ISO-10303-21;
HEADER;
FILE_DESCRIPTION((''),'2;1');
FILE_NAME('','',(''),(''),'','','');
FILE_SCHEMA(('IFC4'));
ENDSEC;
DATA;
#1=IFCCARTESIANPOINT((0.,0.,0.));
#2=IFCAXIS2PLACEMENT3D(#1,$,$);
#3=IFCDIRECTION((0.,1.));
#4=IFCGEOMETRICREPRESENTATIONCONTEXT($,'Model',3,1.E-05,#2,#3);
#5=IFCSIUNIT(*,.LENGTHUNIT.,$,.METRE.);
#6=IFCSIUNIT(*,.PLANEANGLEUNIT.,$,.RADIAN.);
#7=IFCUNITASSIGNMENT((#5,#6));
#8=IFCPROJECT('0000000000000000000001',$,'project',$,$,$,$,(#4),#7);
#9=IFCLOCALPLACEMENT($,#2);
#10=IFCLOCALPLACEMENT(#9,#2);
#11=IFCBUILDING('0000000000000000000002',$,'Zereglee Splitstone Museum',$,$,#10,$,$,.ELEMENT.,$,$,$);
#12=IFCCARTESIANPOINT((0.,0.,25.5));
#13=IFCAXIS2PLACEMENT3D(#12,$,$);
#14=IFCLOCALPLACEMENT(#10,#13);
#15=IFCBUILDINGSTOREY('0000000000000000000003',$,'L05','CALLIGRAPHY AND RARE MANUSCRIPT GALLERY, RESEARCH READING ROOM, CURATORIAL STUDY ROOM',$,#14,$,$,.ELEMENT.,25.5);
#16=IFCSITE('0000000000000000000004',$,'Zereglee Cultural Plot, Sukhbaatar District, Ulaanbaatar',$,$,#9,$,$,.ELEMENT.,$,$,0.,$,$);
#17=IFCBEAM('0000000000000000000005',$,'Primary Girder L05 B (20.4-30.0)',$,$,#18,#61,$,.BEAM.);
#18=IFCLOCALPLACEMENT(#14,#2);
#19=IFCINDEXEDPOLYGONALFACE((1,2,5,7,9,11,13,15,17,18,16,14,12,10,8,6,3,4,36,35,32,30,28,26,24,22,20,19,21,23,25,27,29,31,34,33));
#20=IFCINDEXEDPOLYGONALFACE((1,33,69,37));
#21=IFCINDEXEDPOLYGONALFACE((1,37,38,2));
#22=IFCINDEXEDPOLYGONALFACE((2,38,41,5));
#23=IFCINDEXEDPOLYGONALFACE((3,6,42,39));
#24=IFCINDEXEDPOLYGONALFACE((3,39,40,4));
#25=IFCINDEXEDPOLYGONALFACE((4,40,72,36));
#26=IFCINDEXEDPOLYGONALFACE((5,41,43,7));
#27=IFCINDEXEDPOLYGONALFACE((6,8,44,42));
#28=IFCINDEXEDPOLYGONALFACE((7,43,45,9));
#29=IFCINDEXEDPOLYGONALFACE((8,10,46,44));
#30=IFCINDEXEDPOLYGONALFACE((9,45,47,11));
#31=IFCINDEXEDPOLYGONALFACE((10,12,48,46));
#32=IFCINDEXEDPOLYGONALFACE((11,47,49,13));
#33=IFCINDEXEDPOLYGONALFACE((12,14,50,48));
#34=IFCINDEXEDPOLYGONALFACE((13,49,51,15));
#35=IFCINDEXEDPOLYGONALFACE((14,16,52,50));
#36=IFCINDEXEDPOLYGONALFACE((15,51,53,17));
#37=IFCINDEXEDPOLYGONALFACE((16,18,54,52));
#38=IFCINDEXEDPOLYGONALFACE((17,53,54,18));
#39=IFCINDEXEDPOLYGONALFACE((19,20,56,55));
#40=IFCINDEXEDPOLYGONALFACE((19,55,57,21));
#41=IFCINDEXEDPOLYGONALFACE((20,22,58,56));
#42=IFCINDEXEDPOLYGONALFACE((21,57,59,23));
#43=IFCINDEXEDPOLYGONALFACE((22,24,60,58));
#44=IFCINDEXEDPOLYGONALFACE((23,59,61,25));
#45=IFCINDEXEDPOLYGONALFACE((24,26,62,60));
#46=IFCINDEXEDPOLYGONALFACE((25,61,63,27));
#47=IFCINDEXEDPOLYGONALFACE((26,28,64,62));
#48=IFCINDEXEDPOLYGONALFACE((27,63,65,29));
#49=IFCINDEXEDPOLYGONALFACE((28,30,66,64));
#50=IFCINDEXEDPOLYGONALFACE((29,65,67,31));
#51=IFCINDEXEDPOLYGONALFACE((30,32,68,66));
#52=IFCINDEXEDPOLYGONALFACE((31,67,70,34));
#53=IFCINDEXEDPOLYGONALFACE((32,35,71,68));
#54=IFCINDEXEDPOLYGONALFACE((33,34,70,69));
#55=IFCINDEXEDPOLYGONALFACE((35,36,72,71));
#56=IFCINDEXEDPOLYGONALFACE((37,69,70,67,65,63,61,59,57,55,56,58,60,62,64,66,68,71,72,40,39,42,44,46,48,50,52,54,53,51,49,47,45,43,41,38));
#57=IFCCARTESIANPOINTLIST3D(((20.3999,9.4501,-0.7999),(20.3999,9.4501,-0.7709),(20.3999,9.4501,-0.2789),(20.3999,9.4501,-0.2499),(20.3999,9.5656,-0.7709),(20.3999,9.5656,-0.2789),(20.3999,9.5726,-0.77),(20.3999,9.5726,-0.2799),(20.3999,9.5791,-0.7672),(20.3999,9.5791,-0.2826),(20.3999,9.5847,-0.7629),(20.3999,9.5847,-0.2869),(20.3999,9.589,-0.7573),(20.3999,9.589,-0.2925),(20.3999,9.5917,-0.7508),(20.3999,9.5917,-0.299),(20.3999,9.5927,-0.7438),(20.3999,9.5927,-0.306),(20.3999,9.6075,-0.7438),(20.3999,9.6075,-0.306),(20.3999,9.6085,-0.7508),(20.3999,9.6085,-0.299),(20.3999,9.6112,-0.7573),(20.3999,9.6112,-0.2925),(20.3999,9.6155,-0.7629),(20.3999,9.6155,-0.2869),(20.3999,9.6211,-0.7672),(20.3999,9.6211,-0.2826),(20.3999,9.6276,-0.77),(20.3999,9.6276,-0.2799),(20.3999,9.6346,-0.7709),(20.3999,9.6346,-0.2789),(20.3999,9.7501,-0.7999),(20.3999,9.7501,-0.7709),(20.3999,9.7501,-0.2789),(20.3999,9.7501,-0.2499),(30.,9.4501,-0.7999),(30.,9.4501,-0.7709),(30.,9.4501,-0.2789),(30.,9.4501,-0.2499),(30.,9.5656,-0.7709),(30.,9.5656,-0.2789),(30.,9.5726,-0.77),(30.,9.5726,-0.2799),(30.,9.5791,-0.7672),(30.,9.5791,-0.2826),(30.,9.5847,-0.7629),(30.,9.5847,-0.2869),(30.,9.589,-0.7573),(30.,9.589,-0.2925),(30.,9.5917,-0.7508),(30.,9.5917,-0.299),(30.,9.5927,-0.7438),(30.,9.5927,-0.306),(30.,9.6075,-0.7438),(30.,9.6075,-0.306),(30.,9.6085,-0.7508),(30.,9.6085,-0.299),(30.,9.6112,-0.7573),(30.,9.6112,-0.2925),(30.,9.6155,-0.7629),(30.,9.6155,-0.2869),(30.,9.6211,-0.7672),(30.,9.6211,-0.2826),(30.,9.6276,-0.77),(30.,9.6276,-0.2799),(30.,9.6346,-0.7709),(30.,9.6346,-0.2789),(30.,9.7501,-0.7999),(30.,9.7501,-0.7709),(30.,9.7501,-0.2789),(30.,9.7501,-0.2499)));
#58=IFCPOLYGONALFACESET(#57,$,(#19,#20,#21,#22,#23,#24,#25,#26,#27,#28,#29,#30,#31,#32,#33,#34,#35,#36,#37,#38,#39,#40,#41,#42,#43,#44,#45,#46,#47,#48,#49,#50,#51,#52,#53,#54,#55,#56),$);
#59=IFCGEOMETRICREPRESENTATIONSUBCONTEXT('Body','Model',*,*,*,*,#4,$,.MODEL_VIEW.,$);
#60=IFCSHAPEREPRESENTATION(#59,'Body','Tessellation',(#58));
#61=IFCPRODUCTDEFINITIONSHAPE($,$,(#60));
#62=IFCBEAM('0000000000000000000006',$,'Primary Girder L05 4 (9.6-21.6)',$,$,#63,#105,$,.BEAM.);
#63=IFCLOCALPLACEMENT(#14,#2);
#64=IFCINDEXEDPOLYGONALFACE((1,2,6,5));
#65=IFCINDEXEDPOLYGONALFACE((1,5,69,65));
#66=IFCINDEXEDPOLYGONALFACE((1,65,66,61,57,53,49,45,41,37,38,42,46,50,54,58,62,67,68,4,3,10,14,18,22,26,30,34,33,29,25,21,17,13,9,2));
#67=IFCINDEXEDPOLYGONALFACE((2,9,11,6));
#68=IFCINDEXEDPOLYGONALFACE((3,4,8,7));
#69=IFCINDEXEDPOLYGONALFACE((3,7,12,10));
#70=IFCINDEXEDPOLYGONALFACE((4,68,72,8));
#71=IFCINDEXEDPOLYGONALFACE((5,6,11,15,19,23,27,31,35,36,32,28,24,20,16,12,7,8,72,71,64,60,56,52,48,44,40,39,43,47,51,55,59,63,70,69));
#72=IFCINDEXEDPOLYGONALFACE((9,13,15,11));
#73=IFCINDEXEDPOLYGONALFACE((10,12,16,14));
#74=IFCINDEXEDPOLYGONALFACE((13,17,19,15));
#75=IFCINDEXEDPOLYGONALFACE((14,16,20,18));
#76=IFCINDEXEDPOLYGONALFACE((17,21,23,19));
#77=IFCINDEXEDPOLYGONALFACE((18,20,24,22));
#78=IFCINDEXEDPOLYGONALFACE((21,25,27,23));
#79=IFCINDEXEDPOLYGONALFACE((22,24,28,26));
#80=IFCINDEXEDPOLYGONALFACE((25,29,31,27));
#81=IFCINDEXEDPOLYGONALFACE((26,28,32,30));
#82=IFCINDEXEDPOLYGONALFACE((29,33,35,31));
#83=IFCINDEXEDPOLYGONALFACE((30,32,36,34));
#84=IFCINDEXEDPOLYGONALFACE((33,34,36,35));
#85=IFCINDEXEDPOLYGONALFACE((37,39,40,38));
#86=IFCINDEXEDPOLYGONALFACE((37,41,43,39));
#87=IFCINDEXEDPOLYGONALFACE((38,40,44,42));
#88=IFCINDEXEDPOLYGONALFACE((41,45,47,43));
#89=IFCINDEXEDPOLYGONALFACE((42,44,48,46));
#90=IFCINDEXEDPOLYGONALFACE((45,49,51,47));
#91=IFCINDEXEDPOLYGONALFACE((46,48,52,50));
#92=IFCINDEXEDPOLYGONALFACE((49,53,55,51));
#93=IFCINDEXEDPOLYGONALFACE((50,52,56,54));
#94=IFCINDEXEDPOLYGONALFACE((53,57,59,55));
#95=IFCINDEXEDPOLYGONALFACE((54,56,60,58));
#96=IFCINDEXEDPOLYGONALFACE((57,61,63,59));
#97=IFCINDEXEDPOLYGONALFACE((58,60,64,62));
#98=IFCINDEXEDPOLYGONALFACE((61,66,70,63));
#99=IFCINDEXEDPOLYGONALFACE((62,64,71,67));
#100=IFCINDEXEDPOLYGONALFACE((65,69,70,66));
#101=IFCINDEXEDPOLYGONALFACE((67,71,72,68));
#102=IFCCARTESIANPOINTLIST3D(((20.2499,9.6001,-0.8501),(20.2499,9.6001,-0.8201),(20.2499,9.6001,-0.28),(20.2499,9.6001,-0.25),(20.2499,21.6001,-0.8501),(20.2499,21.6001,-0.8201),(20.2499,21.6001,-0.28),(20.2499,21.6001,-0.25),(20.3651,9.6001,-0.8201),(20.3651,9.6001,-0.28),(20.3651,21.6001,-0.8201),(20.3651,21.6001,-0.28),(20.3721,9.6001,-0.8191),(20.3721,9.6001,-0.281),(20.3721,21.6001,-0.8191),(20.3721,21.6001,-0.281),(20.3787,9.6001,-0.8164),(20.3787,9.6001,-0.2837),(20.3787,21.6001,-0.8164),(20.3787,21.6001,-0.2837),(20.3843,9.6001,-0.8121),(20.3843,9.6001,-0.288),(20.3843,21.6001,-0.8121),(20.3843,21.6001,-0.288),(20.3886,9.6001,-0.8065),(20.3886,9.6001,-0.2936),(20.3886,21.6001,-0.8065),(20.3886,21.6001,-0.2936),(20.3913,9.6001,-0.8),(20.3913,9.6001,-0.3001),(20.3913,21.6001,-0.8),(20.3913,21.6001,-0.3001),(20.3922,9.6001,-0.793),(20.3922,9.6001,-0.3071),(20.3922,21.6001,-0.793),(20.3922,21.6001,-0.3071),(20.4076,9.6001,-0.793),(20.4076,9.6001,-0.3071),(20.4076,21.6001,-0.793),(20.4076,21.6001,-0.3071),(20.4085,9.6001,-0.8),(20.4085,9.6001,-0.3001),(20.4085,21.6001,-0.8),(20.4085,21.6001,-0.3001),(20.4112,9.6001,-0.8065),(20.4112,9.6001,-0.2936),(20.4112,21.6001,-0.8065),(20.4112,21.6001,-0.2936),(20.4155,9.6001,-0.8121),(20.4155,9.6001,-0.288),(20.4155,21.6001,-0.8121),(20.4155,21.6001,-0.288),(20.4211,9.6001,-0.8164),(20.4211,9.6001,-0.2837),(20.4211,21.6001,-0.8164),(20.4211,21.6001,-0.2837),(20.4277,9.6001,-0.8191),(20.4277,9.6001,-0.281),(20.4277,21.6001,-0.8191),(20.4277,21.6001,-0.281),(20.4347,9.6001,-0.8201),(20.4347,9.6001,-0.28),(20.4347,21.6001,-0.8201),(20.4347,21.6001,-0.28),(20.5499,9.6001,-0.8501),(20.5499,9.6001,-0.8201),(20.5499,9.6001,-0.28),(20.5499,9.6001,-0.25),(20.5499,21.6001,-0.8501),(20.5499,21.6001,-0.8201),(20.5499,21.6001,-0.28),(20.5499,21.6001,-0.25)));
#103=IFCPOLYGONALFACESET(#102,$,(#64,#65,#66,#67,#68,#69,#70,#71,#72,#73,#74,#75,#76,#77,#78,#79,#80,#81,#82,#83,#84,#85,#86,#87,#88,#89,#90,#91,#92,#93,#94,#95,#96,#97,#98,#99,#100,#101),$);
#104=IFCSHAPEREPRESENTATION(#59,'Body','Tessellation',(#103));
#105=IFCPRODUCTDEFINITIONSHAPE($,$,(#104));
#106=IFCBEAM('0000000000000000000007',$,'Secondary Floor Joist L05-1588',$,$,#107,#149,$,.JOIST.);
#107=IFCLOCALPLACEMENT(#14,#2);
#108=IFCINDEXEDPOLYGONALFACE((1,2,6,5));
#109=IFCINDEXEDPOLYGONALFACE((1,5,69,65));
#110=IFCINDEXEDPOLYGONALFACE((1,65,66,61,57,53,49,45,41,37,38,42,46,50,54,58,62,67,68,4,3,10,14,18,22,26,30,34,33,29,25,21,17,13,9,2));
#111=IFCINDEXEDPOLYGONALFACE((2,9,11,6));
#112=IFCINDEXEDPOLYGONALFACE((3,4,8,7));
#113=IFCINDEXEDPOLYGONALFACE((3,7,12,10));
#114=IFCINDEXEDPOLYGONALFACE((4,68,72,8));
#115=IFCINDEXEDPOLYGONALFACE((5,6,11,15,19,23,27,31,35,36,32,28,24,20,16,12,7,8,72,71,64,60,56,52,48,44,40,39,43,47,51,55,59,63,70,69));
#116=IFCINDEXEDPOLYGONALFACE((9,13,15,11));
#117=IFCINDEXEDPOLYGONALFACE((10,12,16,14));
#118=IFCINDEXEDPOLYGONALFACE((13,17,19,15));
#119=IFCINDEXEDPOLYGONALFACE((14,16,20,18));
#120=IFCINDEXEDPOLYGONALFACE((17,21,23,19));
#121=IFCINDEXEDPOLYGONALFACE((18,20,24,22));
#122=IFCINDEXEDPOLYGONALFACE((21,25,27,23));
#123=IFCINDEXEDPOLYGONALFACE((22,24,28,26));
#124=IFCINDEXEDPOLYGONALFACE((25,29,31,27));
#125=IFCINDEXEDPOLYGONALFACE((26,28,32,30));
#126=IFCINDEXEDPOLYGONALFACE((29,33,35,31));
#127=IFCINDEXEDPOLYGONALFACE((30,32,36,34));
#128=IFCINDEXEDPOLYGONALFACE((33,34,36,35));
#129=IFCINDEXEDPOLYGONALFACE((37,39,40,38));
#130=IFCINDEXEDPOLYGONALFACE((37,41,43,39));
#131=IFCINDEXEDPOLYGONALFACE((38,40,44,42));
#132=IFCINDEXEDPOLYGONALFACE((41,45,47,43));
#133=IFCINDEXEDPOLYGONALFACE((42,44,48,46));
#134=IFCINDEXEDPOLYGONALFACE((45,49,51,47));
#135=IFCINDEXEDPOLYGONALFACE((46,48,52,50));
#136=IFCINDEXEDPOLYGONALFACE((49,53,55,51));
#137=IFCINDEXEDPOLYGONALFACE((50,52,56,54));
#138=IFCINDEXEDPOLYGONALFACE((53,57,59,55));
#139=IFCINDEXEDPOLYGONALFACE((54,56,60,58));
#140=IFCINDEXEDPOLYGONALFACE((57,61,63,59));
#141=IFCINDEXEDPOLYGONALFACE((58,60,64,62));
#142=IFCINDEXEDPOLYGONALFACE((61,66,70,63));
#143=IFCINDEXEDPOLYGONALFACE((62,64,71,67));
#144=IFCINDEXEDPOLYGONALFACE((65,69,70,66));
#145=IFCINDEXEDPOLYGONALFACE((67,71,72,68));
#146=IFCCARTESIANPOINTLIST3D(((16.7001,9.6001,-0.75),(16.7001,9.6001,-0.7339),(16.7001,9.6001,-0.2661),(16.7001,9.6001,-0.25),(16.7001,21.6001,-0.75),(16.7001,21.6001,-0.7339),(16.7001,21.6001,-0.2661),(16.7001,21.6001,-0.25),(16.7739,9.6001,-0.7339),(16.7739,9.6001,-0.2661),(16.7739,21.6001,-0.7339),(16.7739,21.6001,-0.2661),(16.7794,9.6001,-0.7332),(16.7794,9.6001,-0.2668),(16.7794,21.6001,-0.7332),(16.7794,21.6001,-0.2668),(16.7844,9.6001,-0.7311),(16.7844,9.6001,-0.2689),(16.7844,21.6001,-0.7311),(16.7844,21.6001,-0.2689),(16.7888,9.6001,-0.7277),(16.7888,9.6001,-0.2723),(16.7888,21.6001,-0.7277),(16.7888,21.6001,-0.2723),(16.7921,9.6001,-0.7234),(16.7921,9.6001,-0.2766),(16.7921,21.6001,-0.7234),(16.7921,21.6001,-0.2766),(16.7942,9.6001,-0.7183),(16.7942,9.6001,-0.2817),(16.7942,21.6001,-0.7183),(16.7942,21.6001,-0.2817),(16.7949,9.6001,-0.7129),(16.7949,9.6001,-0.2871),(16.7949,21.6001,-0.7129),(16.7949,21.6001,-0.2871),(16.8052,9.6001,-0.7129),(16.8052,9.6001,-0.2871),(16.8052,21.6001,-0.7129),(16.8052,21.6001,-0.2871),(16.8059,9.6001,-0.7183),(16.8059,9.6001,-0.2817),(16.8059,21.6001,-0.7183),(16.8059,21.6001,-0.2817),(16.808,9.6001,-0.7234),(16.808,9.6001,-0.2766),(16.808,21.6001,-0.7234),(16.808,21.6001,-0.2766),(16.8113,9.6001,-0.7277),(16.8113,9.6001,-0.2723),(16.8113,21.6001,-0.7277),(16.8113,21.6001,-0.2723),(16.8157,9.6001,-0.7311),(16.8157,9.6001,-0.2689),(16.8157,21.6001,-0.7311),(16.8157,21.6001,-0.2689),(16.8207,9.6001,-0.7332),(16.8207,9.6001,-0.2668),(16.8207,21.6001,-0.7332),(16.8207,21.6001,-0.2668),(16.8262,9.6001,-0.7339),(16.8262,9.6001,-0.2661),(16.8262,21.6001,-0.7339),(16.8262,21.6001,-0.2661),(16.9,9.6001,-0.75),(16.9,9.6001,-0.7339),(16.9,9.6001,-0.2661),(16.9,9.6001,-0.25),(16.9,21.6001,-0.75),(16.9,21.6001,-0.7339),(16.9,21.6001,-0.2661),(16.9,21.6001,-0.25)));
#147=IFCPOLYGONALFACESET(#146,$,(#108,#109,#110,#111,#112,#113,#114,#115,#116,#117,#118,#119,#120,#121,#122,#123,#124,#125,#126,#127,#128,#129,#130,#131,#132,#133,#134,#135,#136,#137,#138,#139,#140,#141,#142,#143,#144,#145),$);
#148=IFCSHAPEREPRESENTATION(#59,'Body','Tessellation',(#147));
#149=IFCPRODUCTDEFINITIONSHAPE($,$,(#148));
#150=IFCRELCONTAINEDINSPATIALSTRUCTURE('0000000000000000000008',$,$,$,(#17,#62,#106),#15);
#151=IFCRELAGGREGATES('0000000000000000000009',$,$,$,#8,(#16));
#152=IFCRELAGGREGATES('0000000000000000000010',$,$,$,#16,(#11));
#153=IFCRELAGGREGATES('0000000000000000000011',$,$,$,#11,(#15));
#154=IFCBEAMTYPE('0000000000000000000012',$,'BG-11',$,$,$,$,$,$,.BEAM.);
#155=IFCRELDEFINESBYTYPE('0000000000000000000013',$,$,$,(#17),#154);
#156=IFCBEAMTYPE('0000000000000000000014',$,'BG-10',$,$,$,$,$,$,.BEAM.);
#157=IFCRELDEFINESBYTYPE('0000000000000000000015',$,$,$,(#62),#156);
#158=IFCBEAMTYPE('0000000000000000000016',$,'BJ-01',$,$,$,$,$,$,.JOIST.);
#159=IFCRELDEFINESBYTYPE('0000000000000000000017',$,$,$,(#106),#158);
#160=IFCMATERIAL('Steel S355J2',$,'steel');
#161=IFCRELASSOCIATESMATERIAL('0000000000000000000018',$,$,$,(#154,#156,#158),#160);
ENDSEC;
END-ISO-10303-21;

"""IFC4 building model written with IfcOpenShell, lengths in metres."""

from ifc_helpers import new_model, si_unit, direction, frame, origin, origin_2d, place, context, subcontext, project, spatial, i_section, extrude, material, material_profile, profile_set, type_object, element, save


model = new_model("IFC4")

# Units and contexts
model_context = context("Model", 3, precision=1e-05, world=origin(), true_north=direction((0.0, 1.0)))
body_context = subcontext(model_context, "Body", "Model", "MODEL_VIEW")
ifc_project = project(units=[si_unit("LENGTHUNIT", "METRE"), si_unit("PLANEANGLEUNIT", "RADIAN")], contexts=[model_context])

# Site, building, storey
site_placement = place(None, origin())
site = spatial("IfcSite", under=ifc_project, at=site_placement, Name="Zereglee Cultural Plot, Sukhbaatar District, Ulaanbaatar", CompositionType="ELEMENT", RefElevation=0.0)
building_placement = place(site_placement, origin())
building = spatial("IfcBuilding", under=site, at=building_placement, Name="Zereglee Splitstone Museum", CompositionType="ELEMENT")
storey_placement = place(building_placement, frame((0.0, 0.0, 25.5)))
storey = spatial("IfcBuildingStorey", under=building, at=storey_placement, Name="L05", Description="CALLIGRAPHY AND RARE MANUSCRIPT GALLERY, RESEARCH READING ROOM, CURATORIAL STUDY ROOM", CompositionType="ELEMENT", Elevation=25.5)

# Shared definitions
ifc_material_1 = material(Name="Steel S355J2", Category="steel")

# Beams
ifc_material_profile_1 = material_profile(ifc_material_1, i_section(OverallWidth=0.3, OverallDepth=0.55, WebThickness=0.0149, FlangeThickness=0.0291, FilletRadius=0.0271, at=origin_2d()), Name="HE 550 B")
ifc_profile_set_1 = profile_set([ifc_material_profile_1], Name="Steel S355J2")
beam_type_1 = type_object("IfcBeamType", Name="BG-11", PredefinedType="BEAM", material=ifc_profile_set_1)
beam_1_placement = place(storey_placement, frame((20.3999, 9.6001, -0.5249), z_axis=(1.0, 0.0, 0.0), x_axis=(0.0, 1.0, 0.0)))
element("IfcBeam", 1, at=beam_1_placement, inside=storey, type_object=beam_type_1, Name="Primary Girder L05 B (20.4-30.0)", PredefinedType="BEAM", context=body_context, shape_type="SweptSolid", body=[
    extrude(i_section(OverallWidth=0.3, OverallDepth=0.55, WebThickness=0.0149, FlangeThickness=0.0291, FilletRadius=0.0271, at=origin_2d()), origin(), (0.0, 0.0, 1.0), 9.6001),
])
ifc_material_profile_2 = material_profile(ifc_material_1, i_section(OverallWidth=0.3, OverallDepth=0.6001, WebThickness=0.0154, FlangeThickness=0.03, FilletRadius=0.0271, at=origin_2d()), Name="HE 600 B")
ifc_profile_set_2 = profile_set([ifc_material_profile_2], Name="Steel S355J2")
beam_type_2 = type_object("IfcBeamType", Name="BG-10", PredefinedType="BEAM", material=ifc_profile_set_2)
beam_2_placement = place(storey_placement, frame((20.3999, 9.6001, -0.55), z_axis=(0.0, 1.0, 0.0), x_axis=(-1.0, 0.0, 0.0)))
element("IfcBeam", 2, at=beam_2_placement, inside=storey, type_object=beam_type_2, Name="Primary Girder L05 4 (9.6-21.6)", PredefinedType="BEAM", context=body_context, shape_type="SweptSolid", body=[
    extrude(i_section(OverallWidth=0.3, OverallDepth=0.6001, WebThickness=0.0154, FlangeThickness=0.03, FilletRadius=0.0271, at=origin_2d()), origin(), (0.0, 0.0, 1.0), 12.0),
])
ifc_material_profile_3 = material_profile(ifc_material_1, i_section(OverallWidth=0.2, OverallDepth=0.5, WebThickness=0.0103, FlangeThickness=0.0161, FilletRadius=0.021, at=origin_2d()), Name="IPE 500")
ifc_profile_set_3 = profile_set([ifc_material_profile_3], Name="Steel S355J2")
beam_type_3 = type_object("IfcBeamType", Name="BJ-01", PredefinedType="JOIST", material=ifc_profile_set_3)
beam_3_placement = place(storey_placement, frame((16.8, 9.6001, -0.5), z_axis=(0.0, 1.0, 0.0), x_axis=(-1.0, 0.0, 0.0)))
element("IfcBeam", 3, at=beam_3_placement, inside=storey, type_object=beam_type_3, Name="Secondary Floor Joist L05-1588", PredefinedType="JOIST", context=body_context, shape_type="SweptSolid", body=[
    extrude(i_section(OverallWidth=0.2, OverallDepth=0.5, WebThickness=0.0103, FlangeThickness=0.0161, FilletRadius=0.021, at=origin_2d()), origin(), (0.0, 0.0, 1.0), 12.0),
])

save(model, "model.ifc")
